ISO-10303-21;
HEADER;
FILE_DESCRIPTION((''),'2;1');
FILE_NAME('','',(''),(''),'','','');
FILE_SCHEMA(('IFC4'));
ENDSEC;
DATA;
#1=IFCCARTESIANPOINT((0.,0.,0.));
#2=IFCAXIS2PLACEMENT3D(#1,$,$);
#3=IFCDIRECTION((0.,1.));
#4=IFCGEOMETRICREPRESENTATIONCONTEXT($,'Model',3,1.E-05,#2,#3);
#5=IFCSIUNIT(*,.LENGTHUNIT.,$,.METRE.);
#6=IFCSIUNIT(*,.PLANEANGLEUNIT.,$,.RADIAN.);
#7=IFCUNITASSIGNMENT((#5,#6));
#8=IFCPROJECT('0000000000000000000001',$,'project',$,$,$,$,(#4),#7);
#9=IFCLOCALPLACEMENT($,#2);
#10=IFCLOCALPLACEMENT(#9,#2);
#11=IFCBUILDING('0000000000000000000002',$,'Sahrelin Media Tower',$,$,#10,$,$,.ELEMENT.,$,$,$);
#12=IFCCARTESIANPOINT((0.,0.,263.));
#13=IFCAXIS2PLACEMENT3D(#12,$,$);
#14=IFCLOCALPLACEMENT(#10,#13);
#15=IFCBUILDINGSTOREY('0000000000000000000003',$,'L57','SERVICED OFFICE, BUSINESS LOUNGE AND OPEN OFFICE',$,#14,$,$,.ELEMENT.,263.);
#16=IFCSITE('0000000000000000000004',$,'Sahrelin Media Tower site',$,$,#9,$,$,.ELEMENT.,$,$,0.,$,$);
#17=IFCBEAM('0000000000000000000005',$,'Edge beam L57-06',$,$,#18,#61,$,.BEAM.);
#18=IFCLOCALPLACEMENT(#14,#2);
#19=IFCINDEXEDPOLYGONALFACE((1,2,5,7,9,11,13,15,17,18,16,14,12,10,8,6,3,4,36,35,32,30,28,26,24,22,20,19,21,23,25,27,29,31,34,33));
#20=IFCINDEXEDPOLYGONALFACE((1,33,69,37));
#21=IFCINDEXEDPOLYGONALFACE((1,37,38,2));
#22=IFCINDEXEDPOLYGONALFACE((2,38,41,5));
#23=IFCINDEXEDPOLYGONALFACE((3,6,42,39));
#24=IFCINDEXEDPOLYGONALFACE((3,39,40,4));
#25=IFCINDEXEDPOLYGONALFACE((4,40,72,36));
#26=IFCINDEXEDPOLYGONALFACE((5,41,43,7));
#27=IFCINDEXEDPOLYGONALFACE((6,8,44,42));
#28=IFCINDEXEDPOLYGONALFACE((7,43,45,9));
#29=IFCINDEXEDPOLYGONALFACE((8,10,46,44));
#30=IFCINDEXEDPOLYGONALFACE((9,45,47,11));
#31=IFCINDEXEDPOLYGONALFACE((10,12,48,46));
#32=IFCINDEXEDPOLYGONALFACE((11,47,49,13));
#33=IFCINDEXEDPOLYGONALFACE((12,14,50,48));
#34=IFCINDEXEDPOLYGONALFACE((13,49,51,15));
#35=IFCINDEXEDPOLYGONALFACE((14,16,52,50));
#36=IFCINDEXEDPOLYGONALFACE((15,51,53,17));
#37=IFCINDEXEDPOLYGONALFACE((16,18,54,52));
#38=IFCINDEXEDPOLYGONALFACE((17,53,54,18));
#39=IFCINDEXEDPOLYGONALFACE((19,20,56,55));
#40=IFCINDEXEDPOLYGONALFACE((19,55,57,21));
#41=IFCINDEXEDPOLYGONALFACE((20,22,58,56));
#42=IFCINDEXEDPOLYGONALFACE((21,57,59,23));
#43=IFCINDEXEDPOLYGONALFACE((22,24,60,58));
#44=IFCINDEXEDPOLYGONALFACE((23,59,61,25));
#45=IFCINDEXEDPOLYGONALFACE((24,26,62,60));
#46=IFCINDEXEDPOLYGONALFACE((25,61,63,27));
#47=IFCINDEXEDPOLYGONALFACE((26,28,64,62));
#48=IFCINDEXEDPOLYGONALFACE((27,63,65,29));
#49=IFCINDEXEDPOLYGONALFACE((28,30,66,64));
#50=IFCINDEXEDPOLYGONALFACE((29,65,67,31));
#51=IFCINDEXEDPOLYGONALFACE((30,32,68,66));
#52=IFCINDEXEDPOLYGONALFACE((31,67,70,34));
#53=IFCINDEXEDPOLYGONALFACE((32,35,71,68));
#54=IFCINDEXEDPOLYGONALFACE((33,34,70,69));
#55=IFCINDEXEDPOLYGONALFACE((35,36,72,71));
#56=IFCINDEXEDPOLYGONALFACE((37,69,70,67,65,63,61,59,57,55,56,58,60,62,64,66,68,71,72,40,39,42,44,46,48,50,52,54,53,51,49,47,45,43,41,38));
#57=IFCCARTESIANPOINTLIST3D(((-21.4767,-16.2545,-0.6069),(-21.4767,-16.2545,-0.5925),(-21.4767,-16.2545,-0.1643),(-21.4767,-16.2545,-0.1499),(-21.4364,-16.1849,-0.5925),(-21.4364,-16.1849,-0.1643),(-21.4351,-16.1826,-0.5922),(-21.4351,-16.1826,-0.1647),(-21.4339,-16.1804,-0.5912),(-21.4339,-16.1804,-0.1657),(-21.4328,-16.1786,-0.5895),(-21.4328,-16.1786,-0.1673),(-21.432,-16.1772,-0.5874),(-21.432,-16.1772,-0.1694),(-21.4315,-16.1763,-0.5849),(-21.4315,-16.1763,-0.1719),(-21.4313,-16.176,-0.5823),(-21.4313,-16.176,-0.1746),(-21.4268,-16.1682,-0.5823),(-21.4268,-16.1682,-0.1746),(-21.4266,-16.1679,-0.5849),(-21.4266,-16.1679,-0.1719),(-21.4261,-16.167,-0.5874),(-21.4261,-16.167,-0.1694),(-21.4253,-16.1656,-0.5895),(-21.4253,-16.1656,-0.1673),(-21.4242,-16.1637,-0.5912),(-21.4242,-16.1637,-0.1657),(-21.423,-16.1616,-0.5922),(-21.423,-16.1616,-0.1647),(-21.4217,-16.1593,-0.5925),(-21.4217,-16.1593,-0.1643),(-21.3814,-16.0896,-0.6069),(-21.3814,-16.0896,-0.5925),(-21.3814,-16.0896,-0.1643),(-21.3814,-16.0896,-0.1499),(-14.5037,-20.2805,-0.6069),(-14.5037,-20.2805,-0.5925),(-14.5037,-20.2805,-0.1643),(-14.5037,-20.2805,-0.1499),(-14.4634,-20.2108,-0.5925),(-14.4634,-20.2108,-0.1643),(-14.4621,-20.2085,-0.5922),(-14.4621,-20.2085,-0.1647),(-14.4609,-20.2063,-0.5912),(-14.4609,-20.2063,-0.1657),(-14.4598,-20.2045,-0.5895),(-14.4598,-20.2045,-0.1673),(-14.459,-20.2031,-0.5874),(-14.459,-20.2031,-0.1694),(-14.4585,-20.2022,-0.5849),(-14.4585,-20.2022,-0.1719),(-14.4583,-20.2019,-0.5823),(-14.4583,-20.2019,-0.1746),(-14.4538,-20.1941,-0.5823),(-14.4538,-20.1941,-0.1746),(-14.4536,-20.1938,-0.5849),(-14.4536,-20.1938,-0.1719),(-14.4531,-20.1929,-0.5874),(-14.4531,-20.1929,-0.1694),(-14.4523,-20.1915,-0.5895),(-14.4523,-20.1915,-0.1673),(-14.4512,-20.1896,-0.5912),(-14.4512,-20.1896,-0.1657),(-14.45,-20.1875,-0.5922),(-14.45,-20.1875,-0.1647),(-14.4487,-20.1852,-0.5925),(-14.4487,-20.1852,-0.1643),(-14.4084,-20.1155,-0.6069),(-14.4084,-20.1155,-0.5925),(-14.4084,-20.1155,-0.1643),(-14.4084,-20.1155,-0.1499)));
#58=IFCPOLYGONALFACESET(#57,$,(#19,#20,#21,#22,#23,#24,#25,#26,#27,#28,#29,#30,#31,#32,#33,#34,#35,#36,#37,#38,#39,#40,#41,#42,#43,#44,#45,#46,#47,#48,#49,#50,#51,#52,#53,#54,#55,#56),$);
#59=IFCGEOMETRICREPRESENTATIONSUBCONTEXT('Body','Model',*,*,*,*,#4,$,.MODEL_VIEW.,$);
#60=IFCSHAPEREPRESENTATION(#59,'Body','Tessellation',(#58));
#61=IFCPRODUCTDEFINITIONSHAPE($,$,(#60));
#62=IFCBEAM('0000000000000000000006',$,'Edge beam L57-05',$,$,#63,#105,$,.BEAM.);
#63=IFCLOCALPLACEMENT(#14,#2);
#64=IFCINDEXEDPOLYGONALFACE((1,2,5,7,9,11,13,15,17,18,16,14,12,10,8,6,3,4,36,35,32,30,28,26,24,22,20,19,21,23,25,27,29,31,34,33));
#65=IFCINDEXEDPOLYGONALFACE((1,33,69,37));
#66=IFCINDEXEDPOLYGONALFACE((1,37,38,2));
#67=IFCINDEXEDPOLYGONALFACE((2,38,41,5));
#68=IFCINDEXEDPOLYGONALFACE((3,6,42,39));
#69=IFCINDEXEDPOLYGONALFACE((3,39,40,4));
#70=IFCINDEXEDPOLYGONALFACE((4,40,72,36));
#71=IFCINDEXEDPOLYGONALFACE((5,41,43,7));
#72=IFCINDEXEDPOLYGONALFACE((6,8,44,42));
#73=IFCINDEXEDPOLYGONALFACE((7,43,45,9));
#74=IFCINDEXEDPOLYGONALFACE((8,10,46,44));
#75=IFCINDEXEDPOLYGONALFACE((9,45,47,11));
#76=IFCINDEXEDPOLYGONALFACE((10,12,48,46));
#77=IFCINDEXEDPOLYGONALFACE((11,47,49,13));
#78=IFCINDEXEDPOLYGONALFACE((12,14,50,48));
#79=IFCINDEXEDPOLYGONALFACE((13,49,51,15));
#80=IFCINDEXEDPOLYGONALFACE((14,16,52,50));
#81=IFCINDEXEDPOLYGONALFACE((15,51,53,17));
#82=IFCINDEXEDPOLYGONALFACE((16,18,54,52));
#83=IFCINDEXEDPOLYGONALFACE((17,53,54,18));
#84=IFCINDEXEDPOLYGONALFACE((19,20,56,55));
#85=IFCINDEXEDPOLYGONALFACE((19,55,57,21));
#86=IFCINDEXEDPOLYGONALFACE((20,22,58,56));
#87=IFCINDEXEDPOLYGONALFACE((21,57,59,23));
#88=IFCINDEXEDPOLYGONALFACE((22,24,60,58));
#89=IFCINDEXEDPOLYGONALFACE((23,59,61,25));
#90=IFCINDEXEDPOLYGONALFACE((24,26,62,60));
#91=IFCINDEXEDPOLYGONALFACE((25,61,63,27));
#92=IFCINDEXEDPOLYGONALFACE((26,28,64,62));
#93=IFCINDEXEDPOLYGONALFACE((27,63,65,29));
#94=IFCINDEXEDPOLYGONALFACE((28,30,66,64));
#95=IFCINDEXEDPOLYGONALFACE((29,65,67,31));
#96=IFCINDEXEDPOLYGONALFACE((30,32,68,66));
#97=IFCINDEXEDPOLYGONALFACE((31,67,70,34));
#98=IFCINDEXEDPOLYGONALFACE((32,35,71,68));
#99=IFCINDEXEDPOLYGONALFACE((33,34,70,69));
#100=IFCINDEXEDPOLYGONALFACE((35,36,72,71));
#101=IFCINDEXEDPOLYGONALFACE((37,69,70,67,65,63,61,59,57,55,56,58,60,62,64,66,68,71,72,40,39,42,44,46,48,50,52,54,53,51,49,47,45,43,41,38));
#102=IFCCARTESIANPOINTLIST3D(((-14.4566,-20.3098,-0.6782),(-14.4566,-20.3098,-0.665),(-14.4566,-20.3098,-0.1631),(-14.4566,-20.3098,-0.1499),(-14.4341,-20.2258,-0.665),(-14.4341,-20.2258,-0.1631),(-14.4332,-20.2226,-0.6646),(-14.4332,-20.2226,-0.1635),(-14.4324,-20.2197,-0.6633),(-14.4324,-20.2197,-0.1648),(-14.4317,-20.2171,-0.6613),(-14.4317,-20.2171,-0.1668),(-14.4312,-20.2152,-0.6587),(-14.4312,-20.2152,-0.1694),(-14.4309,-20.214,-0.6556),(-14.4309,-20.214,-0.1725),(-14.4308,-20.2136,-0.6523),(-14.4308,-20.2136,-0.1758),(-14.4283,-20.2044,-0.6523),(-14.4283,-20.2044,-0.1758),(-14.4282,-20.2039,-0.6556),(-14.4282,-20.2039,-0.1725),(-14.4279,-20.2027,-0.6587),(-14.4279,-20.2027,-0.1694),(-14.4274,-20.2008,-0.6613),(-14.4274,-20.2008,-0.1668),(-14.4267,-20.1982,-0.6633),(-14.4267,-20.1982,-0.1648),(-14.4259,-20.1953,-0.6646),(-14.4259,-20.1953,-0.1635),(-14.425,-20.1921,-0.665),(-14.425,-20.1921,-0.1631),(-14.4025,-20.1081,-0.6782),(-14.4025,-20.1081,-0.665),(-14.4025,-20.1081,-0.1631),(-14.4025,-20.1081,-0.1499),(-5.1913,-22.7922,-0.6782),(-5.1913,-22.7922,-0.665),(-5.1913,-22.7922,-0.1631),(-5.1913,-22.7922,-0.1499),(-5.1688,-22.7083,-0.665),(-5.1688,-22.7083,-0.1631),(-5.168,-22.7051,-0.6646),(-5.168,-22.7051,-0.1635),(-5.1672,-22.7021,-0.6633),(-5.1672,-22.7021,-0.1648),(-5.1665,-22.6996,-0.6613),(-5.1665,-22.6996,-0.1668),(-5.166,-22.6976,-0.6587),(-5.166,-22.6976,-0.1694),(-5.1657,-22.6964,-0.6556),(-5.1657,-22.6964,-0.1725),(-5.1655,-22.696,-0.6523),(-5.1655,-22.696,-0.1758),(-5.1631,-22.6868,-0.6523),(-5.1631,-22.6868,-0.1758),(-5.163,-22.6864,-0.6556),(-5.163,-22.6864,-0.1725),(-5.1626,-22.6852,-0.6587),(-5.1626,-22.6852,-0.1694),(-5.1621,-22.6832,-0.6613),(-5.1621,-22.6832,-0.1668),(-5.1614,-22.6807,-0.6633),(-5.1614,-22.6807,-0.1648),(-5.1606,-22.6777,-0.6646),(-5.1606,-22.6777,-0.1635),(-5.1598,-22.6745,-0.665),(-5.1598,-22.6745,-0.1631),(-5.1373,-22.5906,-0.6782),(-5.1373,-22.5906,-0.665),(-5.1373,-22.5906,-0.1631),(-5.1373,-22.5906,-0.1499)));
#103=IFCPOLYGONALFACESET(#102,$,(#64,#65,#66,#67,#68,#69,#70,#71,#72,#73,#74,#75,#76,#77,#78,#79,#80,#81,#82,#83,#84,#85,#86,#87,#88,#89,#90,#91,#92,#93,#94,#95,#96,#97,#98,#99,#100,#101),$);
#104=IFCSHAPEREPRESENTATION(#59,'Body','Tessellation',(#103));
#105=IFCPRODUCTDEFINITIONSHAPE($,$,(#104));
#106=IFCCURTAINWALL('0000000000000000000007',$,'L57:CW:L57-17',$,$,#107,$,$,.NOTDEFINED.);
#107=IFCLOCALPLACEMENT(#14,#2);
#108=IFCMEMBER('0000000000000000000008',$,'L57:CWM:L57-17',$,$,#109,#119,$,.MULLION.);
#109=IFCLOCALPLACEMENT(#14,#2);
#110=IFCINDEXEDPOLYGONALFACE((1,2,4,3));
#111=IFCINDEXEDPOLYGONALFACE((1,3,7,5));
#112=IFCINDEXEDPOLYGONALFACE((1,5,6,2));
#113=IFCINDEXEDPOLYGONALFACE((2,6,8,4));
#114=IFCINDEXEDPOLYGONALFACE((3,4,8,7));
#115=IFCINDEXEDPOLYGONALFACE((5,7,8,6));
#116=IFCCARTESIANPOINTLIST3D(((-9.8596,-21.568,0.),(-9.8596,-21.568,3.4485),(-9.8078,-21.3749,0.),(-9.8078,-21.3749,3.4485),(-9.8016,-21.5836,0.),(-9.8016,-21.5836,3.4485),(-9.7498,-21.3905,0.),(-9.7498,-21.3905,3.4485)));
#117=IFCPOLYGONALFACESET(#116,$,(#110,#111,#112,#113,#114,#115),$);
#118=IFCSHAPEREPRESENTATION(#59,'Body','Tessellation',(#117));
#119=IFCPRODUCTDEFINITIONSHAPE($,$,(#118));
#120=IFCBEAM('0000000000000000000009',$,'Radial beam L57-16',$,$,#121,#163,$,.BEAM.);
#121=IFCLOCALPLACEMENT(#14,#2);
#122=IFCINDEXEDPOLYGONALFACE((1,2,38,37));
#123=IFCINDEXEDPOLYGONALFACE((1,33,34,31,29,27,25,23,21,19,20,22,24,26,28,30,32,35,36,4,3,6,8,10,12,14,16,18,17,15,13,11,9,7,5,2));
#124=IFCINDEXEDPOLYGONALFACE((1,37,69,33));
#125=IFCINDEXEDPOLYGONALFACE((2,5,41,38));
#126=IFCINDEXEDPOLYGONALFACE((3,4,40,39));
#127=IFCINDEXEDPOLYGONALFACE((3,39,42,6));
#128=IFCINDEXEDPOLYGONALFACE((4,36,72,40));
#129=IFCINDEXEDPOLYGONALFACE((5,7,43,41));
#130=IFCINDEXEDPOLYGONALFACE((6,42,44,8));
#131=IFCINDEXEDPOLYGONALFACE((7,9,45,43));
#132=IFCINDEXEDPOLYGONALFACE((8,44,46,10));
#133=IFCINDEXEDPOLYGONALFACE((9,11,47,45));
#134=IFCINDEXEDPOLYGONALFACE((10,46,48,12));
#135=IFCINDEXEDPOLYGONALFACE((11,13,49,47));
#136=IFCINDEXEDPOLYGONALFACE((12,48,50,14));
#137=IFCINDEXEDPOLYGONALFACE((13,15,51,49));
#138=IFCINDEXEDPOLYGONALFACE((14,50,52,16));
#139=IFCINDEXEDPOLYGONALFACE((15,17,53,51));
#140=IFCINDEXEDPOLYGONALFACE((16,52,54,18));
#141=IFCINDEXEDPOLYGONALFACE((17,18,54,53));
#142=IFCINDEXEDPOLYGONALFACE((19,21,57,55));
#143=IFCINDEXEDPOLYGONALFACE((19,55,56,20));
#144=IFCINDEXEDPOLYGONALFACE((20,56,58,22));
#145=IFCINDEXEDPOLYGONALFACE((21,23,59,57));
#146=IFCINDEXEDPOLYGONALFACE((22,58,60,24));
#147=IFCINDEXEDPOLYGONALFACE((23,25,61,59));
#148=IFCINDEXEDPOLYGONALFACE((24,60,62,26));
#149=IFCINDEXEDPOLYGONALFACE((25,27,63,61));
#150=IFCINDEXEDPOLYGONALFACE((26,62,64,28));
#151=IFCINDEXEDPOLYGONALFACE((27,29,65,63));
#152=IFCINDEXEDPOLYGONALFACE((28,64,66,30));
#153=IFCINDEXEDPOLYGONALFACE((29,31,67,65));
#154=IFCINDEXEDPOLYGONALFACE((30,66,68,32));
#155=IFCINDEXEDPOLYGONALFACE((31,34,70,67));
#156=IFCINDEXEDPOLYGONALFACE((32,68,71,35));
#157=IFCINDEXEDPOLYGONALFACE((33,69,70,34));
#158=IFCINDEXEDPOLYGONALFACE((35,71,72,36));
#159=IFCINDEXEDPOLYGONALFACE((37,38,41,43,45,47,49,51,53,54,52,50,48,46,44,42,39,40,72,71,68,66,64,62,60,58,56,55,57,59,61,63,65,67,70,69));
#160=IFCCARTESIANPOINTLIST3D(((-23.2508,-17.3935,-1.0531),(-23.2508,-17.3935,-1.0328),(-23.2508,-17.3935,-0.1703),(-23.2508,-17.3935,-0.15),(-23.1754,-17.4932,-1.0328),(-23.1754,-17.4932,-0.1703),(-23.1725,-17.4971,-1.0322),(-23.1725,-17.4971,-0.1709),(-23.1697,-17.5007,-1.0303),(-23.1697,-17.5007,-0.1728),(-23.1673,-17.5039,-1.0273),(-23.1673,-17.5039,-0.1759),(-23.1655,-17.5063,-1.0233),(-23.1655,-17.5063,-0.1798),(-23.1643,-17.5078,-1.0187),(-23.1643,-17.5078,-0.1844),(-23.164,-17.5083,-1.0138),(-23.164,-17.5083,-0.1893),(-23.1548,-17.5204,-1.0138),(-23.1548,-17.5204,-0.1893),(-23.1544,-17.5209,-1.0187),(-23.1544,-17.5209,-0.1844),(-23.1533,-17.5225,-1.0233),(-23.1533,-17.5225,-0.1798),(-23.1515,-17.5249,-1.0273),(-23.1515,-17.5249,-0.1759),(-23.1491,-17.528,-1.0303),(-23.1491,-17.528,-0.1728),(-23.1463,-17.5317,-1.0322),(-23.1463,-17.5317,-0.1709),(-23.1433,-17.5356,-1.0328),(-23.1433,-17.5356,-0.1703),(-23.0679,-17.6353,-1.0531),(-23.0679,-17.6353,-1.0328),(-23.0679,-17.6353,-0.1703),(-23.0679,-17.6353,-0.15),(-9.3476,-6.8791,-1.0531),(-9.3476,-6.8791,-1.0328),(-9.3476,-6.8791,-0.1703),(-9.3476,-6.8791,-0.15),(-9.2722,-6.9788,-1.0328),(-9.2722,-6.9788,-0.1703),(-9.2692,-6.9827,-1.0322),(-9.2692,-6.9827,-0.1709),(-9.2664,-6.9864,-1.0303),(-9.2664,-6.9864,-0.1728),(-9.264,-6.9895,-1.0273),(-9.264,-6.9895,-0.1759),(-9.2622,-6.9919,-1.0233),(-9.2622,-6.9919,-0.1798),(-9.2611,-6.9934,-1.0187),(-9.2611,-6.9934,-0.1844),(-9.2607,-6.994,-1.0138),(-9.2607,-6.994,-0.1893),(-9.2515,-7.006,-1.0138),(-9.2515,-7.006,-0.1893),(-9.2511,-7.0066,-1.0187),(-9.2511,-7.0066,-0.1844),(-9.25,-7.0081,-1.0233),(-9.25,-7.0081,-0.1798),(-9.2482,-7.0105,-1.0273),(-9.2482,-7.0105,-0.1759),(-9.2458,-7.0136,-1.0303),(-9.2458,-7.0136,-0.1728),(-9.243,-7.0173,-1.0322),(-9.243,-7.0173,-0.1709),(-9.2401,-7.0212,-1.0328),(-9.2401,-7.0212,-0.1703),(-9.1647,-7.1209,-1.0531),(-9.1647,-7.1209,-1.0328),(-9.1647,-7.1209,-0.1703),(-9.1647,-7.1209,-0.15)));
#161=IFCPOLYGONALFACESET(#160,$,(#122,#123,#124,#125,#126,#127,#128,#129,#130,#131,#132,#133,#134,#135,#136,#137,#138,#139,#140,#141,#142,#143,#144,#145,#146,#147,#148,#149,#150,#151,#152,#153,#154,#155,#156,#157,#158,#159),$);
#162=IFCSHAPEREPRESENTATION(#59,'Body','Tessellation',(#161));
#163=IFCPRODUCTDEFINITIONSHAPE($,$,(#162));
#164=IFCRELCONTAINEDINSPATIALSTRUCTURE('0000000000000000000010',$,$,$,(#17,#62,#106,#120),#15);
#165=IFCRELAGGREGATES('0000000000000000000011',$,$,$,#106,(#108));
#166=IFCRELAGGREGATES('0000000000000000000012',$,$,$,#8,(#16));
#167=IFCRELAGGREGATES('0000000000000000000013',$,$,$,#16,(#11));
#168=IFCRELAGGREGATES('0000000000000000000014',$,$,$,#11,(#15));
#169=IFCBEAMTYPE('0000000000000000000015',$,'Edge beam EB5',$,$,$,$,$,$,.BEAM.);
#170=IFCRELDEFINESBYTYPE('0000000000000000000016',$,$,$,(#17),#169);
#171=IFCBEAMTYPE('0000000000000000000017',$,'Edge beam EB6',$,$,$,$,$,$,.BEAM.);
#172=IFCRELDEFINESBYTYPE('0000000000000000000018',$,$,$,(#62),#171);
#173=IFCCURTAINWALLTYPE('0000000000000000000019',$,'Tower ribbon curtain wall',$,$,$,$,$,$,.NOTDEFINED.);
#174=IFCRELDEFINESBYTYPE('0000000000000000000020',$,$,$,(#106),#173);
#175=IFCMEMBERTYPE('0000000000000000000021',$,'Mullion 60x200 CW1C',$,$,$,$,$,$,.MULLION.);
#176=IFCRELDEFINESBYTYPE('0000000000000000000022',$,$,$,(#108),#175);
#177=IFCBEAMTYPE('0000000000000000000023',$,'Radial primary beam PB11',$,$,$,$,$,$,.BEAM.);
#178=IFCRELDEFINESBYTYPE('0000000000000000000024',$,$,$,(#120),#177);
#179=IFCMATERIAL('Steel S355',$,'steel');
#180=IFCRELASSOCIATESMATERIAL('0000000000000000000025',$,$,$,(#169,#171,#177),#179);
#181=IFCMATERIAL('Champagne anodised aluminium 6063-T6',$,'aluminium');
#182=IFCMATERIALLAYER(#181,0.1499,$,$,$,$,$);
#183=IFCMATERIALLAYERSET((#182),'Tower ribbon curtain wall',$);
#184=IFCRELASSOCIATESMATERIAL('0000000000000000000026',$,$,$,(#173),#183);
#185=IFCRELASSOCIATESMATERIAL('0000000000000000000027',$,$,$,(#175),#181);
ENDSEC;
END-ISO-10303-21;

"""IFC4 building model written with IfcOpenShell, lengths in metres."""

from ifc_helpers import new_model, si_unit, direction, frame, origin, origin_2d, place, context, subcontext, project, spatial, rectangle, i_section, extrude, material, layer, layer_set, material_profile, profile_set, type_object, element, aggregate, save


model = new_model("IFC4")

# Units and contexts
model_context = context("Model", 3, precision=1e-05, world=origin(), true_north=direction((0.0, 1.0)))
body_context = subcontext(model_context, "Body", "Model", "MODEL_VIEW")
ifc_project = project(units=[si_unit("LENGTHUNIT", "METRE"), si_unit("PLANEANGLEUNIT", "RADIAN")], contexts=[model_context])

# Site, building, storey
site_placement = place(None, origin())
site = spatial("IfcSite", under=ifc_project, at=site_placement, Name="Sahrelin Media Tower site", CompositionType="ELEMENT", RefElevation=0.0)
building_placement = place(site_placement, origin())
building = spatial("IfcBuilding", under=site, at=building_placement, Name="Sahrelin Media Tower", CompositionType="ELEMENT")
storey_placement = place(building_placement, frame((0.0, 0.0, 263.0)))
storey = spatial("IfcBuildingStorey", under=building, at=storey_placement, Name="L57", Description="SERVICED OFFICE, BUSINESS LOUNGE AND OPEN OFFICE", CompositionType="ELEMENT", Elevation=263.0)

# Beams
ifc_material_1 = material(Name="Steel S355", Category="steel")
ifc_material_profile_1 = material_profile(ifc_material_1, i_section(OverallWidth=0.1904, OverallDepth=0.457, WebThickness=0.009, FlangeThickness=0.0144, FilletRadius=0.0103, at=origin_2d()), Name="UB 457x191x74")
ifc_profile_set_1 = profile_set([ifc_material_profile_1], Name="Steel S355")
beam_type_1 = type_object("IfcBeamType", Name="Edge beam EB5", PredefinedType="BEAM", material=ifc_profile_set_1)
beam_1_placement = place(storey_placement, frame((-14.4561, -20.198, -0.3784), z_axis=(-0.866021, 0.500007, 0.0), x_axis=(-0.500007, -0.866021, 0.0)))
element("IfcBeam", 1, at=beam_1_placement, inside=storey, type_object=beam_type_1, Name="Edge beam L57-06", PredefinedType="BEAM", context=body_context, shape_type="SweptSolid", body=[
    extrude(i_section(OverallWidth=0.1904, OverallDepth=0.457, WebThickness=0.009, FlangeThickness=0.0144, FilletRadius=0.0103, at=origin_2d()), origin(), (0.0, 0.0, 1.0), 8.0518),
])
ifc_material_profile_2 = material_profile(ifc_material_1, i_section(OverallWidth=0.2087, OverallDepth=0.5283, WebThickness=0.0095, FlangeThickness=0.0132, FilletRadius=0.0127, at=origin_2d()), Name="UB 533x210x82")
ifc_profile_set_2 = profile_set([ifc_material_profile_2], Name="Steel S355")
beam_type_2 = type_object("IfcBeamType", Name="Edge beam EB6", PredefinedType="BEAM", material=ifc_profile_set_2)
beam_2_placement = place(storey_placement, frame((-5.1643, -22.6914, -0.4141), z_axis=(-0.96593, 0.258803, 0.0), x_axis=(-0.258803, -0.96593, 0.0)))
element("IfcBeam", 2, at=beam_2_placement, inside=storey, type_object=beam_type_2, Name="Edge beam L57-05", PredefinedType="BEAM", context=body_context, shape_type="SweptSolid", body=[
    extrude(i_section(OverallWidth=0.2087, OverallDepth=0.5283, WebThickness=0.0095, FlangeThickness=0.0132, FilletRadius=0.0127, at=origin_2d()), origin(), (0.0, 0.0, 1.0), 9.592),
])

# Curtain wall, member
ifc_material_2 = material(Name="Champagne anodised aluminium 6063-T6", Category="aluminium")
ifc_layer_1 = layer(ifc_material_2, 0.1499)
ifc_layer_set_1 = layer_set([ifc_layer_1], Name="Tower ribbon curtain wall")
curtain_wall_type = type_object("IfcCurtainWallType", Name="Tower ribbon curtain wall", PredefinedType="NOTDEFINED", material=ifc_layer_set_1)
curtain_wall_1_placement = place(storey_placement, frame((-9.8357, -21.5952, 0.0), z_axis=(0.0, 0.0, 1.0), x_axis=(1.0, 0.0, 0.0)))
curtain_wall_1 = element("IfcCurtainWall", 3, at=curtain_wall_1_placement, inside=storey, type_object=curtain_wall_type, Name="L57:CW:L57-17", PredefinedType="NOTDEFINED")
ifc_material_profile_3 = material_profile(ifc_material_2, rectangle(XDim=0.0601, YDim=0.2, at=origin_2d()), Name="Mullion 60x200")
ifc_profile_set_3 = profile_set([ifc_material_profile_3], Name="Champagne anodised aluminium 6063-T6")
member_type_1 = type_object("IfcMemberType", Name="Mullion 60x200 CW1C", PredefinedType="MULLION", material=ifc_profile_set_3)
member_1_placement = place(storey_placement, frame((-9.8047, -21.4792, 0.0), z_axis=(0.0, 0.0, 1.0), x_axis=(0.965925, -0.258821, 0.0)))
member_1 = element("IfcMember", 4, at=member_1_placement, type_object=member_type_1, Name="L57:CWM:L57-17", PredefinedType="MULLION", context=body_context, shape_type="SweptSolid", body=[
    extrude(rectangle(XDim=0.0601, YDim=0.2, at=origin_2d()), origin(), (0.0, 0.0, 1.0), 3.4485),
])

# Beam
ifc_material_profile_4 = material_profile(ifc_material_1, i_section(OverallWidth=0.3032, OverallDepth=0.9031, WebThickness=0.0151, FlangeThickness=0.0203, FilletRadius=0.019, at=origin_2d()), Name="UB 914x305x201")
ifc_profile_set_4 = profile_set([ifc_material_profile_4], Name="Steel S355")
beam_type_3 = type_object("IfcBeamType", Name="Radial primary beam PB11", PredefinedType="BEAM", material=ifc_profile_set_4)
beam_3_placement = place(storey_placement, frame((-9.2561, -7.0, -0.6016), z_axis=(-0.7976, -0.603186, 0.0), x_axis=(0.603186, -0.7976, 0.0)))
element("IfcBeam", 5, at=beam_3_placement, inside=storey, type_object=beam_type_3, Name="Radial beam L57-16", PredefinedType="BEAM", context=body_context, shape_type="SweptSolid", body=[
    extrude(i_section(OverallWidth=0.3032, OverallDepth=0.9031, WebThickness=0.0151, FlangeThickness=0.0203, FilletRadius=0.019, at=origin_2d()), origin(), (0.0, 0.0, 1.0), 17.4314),
])

aggregate(curtain_wall_1, [member_1])

save(model, "model.ifc")
